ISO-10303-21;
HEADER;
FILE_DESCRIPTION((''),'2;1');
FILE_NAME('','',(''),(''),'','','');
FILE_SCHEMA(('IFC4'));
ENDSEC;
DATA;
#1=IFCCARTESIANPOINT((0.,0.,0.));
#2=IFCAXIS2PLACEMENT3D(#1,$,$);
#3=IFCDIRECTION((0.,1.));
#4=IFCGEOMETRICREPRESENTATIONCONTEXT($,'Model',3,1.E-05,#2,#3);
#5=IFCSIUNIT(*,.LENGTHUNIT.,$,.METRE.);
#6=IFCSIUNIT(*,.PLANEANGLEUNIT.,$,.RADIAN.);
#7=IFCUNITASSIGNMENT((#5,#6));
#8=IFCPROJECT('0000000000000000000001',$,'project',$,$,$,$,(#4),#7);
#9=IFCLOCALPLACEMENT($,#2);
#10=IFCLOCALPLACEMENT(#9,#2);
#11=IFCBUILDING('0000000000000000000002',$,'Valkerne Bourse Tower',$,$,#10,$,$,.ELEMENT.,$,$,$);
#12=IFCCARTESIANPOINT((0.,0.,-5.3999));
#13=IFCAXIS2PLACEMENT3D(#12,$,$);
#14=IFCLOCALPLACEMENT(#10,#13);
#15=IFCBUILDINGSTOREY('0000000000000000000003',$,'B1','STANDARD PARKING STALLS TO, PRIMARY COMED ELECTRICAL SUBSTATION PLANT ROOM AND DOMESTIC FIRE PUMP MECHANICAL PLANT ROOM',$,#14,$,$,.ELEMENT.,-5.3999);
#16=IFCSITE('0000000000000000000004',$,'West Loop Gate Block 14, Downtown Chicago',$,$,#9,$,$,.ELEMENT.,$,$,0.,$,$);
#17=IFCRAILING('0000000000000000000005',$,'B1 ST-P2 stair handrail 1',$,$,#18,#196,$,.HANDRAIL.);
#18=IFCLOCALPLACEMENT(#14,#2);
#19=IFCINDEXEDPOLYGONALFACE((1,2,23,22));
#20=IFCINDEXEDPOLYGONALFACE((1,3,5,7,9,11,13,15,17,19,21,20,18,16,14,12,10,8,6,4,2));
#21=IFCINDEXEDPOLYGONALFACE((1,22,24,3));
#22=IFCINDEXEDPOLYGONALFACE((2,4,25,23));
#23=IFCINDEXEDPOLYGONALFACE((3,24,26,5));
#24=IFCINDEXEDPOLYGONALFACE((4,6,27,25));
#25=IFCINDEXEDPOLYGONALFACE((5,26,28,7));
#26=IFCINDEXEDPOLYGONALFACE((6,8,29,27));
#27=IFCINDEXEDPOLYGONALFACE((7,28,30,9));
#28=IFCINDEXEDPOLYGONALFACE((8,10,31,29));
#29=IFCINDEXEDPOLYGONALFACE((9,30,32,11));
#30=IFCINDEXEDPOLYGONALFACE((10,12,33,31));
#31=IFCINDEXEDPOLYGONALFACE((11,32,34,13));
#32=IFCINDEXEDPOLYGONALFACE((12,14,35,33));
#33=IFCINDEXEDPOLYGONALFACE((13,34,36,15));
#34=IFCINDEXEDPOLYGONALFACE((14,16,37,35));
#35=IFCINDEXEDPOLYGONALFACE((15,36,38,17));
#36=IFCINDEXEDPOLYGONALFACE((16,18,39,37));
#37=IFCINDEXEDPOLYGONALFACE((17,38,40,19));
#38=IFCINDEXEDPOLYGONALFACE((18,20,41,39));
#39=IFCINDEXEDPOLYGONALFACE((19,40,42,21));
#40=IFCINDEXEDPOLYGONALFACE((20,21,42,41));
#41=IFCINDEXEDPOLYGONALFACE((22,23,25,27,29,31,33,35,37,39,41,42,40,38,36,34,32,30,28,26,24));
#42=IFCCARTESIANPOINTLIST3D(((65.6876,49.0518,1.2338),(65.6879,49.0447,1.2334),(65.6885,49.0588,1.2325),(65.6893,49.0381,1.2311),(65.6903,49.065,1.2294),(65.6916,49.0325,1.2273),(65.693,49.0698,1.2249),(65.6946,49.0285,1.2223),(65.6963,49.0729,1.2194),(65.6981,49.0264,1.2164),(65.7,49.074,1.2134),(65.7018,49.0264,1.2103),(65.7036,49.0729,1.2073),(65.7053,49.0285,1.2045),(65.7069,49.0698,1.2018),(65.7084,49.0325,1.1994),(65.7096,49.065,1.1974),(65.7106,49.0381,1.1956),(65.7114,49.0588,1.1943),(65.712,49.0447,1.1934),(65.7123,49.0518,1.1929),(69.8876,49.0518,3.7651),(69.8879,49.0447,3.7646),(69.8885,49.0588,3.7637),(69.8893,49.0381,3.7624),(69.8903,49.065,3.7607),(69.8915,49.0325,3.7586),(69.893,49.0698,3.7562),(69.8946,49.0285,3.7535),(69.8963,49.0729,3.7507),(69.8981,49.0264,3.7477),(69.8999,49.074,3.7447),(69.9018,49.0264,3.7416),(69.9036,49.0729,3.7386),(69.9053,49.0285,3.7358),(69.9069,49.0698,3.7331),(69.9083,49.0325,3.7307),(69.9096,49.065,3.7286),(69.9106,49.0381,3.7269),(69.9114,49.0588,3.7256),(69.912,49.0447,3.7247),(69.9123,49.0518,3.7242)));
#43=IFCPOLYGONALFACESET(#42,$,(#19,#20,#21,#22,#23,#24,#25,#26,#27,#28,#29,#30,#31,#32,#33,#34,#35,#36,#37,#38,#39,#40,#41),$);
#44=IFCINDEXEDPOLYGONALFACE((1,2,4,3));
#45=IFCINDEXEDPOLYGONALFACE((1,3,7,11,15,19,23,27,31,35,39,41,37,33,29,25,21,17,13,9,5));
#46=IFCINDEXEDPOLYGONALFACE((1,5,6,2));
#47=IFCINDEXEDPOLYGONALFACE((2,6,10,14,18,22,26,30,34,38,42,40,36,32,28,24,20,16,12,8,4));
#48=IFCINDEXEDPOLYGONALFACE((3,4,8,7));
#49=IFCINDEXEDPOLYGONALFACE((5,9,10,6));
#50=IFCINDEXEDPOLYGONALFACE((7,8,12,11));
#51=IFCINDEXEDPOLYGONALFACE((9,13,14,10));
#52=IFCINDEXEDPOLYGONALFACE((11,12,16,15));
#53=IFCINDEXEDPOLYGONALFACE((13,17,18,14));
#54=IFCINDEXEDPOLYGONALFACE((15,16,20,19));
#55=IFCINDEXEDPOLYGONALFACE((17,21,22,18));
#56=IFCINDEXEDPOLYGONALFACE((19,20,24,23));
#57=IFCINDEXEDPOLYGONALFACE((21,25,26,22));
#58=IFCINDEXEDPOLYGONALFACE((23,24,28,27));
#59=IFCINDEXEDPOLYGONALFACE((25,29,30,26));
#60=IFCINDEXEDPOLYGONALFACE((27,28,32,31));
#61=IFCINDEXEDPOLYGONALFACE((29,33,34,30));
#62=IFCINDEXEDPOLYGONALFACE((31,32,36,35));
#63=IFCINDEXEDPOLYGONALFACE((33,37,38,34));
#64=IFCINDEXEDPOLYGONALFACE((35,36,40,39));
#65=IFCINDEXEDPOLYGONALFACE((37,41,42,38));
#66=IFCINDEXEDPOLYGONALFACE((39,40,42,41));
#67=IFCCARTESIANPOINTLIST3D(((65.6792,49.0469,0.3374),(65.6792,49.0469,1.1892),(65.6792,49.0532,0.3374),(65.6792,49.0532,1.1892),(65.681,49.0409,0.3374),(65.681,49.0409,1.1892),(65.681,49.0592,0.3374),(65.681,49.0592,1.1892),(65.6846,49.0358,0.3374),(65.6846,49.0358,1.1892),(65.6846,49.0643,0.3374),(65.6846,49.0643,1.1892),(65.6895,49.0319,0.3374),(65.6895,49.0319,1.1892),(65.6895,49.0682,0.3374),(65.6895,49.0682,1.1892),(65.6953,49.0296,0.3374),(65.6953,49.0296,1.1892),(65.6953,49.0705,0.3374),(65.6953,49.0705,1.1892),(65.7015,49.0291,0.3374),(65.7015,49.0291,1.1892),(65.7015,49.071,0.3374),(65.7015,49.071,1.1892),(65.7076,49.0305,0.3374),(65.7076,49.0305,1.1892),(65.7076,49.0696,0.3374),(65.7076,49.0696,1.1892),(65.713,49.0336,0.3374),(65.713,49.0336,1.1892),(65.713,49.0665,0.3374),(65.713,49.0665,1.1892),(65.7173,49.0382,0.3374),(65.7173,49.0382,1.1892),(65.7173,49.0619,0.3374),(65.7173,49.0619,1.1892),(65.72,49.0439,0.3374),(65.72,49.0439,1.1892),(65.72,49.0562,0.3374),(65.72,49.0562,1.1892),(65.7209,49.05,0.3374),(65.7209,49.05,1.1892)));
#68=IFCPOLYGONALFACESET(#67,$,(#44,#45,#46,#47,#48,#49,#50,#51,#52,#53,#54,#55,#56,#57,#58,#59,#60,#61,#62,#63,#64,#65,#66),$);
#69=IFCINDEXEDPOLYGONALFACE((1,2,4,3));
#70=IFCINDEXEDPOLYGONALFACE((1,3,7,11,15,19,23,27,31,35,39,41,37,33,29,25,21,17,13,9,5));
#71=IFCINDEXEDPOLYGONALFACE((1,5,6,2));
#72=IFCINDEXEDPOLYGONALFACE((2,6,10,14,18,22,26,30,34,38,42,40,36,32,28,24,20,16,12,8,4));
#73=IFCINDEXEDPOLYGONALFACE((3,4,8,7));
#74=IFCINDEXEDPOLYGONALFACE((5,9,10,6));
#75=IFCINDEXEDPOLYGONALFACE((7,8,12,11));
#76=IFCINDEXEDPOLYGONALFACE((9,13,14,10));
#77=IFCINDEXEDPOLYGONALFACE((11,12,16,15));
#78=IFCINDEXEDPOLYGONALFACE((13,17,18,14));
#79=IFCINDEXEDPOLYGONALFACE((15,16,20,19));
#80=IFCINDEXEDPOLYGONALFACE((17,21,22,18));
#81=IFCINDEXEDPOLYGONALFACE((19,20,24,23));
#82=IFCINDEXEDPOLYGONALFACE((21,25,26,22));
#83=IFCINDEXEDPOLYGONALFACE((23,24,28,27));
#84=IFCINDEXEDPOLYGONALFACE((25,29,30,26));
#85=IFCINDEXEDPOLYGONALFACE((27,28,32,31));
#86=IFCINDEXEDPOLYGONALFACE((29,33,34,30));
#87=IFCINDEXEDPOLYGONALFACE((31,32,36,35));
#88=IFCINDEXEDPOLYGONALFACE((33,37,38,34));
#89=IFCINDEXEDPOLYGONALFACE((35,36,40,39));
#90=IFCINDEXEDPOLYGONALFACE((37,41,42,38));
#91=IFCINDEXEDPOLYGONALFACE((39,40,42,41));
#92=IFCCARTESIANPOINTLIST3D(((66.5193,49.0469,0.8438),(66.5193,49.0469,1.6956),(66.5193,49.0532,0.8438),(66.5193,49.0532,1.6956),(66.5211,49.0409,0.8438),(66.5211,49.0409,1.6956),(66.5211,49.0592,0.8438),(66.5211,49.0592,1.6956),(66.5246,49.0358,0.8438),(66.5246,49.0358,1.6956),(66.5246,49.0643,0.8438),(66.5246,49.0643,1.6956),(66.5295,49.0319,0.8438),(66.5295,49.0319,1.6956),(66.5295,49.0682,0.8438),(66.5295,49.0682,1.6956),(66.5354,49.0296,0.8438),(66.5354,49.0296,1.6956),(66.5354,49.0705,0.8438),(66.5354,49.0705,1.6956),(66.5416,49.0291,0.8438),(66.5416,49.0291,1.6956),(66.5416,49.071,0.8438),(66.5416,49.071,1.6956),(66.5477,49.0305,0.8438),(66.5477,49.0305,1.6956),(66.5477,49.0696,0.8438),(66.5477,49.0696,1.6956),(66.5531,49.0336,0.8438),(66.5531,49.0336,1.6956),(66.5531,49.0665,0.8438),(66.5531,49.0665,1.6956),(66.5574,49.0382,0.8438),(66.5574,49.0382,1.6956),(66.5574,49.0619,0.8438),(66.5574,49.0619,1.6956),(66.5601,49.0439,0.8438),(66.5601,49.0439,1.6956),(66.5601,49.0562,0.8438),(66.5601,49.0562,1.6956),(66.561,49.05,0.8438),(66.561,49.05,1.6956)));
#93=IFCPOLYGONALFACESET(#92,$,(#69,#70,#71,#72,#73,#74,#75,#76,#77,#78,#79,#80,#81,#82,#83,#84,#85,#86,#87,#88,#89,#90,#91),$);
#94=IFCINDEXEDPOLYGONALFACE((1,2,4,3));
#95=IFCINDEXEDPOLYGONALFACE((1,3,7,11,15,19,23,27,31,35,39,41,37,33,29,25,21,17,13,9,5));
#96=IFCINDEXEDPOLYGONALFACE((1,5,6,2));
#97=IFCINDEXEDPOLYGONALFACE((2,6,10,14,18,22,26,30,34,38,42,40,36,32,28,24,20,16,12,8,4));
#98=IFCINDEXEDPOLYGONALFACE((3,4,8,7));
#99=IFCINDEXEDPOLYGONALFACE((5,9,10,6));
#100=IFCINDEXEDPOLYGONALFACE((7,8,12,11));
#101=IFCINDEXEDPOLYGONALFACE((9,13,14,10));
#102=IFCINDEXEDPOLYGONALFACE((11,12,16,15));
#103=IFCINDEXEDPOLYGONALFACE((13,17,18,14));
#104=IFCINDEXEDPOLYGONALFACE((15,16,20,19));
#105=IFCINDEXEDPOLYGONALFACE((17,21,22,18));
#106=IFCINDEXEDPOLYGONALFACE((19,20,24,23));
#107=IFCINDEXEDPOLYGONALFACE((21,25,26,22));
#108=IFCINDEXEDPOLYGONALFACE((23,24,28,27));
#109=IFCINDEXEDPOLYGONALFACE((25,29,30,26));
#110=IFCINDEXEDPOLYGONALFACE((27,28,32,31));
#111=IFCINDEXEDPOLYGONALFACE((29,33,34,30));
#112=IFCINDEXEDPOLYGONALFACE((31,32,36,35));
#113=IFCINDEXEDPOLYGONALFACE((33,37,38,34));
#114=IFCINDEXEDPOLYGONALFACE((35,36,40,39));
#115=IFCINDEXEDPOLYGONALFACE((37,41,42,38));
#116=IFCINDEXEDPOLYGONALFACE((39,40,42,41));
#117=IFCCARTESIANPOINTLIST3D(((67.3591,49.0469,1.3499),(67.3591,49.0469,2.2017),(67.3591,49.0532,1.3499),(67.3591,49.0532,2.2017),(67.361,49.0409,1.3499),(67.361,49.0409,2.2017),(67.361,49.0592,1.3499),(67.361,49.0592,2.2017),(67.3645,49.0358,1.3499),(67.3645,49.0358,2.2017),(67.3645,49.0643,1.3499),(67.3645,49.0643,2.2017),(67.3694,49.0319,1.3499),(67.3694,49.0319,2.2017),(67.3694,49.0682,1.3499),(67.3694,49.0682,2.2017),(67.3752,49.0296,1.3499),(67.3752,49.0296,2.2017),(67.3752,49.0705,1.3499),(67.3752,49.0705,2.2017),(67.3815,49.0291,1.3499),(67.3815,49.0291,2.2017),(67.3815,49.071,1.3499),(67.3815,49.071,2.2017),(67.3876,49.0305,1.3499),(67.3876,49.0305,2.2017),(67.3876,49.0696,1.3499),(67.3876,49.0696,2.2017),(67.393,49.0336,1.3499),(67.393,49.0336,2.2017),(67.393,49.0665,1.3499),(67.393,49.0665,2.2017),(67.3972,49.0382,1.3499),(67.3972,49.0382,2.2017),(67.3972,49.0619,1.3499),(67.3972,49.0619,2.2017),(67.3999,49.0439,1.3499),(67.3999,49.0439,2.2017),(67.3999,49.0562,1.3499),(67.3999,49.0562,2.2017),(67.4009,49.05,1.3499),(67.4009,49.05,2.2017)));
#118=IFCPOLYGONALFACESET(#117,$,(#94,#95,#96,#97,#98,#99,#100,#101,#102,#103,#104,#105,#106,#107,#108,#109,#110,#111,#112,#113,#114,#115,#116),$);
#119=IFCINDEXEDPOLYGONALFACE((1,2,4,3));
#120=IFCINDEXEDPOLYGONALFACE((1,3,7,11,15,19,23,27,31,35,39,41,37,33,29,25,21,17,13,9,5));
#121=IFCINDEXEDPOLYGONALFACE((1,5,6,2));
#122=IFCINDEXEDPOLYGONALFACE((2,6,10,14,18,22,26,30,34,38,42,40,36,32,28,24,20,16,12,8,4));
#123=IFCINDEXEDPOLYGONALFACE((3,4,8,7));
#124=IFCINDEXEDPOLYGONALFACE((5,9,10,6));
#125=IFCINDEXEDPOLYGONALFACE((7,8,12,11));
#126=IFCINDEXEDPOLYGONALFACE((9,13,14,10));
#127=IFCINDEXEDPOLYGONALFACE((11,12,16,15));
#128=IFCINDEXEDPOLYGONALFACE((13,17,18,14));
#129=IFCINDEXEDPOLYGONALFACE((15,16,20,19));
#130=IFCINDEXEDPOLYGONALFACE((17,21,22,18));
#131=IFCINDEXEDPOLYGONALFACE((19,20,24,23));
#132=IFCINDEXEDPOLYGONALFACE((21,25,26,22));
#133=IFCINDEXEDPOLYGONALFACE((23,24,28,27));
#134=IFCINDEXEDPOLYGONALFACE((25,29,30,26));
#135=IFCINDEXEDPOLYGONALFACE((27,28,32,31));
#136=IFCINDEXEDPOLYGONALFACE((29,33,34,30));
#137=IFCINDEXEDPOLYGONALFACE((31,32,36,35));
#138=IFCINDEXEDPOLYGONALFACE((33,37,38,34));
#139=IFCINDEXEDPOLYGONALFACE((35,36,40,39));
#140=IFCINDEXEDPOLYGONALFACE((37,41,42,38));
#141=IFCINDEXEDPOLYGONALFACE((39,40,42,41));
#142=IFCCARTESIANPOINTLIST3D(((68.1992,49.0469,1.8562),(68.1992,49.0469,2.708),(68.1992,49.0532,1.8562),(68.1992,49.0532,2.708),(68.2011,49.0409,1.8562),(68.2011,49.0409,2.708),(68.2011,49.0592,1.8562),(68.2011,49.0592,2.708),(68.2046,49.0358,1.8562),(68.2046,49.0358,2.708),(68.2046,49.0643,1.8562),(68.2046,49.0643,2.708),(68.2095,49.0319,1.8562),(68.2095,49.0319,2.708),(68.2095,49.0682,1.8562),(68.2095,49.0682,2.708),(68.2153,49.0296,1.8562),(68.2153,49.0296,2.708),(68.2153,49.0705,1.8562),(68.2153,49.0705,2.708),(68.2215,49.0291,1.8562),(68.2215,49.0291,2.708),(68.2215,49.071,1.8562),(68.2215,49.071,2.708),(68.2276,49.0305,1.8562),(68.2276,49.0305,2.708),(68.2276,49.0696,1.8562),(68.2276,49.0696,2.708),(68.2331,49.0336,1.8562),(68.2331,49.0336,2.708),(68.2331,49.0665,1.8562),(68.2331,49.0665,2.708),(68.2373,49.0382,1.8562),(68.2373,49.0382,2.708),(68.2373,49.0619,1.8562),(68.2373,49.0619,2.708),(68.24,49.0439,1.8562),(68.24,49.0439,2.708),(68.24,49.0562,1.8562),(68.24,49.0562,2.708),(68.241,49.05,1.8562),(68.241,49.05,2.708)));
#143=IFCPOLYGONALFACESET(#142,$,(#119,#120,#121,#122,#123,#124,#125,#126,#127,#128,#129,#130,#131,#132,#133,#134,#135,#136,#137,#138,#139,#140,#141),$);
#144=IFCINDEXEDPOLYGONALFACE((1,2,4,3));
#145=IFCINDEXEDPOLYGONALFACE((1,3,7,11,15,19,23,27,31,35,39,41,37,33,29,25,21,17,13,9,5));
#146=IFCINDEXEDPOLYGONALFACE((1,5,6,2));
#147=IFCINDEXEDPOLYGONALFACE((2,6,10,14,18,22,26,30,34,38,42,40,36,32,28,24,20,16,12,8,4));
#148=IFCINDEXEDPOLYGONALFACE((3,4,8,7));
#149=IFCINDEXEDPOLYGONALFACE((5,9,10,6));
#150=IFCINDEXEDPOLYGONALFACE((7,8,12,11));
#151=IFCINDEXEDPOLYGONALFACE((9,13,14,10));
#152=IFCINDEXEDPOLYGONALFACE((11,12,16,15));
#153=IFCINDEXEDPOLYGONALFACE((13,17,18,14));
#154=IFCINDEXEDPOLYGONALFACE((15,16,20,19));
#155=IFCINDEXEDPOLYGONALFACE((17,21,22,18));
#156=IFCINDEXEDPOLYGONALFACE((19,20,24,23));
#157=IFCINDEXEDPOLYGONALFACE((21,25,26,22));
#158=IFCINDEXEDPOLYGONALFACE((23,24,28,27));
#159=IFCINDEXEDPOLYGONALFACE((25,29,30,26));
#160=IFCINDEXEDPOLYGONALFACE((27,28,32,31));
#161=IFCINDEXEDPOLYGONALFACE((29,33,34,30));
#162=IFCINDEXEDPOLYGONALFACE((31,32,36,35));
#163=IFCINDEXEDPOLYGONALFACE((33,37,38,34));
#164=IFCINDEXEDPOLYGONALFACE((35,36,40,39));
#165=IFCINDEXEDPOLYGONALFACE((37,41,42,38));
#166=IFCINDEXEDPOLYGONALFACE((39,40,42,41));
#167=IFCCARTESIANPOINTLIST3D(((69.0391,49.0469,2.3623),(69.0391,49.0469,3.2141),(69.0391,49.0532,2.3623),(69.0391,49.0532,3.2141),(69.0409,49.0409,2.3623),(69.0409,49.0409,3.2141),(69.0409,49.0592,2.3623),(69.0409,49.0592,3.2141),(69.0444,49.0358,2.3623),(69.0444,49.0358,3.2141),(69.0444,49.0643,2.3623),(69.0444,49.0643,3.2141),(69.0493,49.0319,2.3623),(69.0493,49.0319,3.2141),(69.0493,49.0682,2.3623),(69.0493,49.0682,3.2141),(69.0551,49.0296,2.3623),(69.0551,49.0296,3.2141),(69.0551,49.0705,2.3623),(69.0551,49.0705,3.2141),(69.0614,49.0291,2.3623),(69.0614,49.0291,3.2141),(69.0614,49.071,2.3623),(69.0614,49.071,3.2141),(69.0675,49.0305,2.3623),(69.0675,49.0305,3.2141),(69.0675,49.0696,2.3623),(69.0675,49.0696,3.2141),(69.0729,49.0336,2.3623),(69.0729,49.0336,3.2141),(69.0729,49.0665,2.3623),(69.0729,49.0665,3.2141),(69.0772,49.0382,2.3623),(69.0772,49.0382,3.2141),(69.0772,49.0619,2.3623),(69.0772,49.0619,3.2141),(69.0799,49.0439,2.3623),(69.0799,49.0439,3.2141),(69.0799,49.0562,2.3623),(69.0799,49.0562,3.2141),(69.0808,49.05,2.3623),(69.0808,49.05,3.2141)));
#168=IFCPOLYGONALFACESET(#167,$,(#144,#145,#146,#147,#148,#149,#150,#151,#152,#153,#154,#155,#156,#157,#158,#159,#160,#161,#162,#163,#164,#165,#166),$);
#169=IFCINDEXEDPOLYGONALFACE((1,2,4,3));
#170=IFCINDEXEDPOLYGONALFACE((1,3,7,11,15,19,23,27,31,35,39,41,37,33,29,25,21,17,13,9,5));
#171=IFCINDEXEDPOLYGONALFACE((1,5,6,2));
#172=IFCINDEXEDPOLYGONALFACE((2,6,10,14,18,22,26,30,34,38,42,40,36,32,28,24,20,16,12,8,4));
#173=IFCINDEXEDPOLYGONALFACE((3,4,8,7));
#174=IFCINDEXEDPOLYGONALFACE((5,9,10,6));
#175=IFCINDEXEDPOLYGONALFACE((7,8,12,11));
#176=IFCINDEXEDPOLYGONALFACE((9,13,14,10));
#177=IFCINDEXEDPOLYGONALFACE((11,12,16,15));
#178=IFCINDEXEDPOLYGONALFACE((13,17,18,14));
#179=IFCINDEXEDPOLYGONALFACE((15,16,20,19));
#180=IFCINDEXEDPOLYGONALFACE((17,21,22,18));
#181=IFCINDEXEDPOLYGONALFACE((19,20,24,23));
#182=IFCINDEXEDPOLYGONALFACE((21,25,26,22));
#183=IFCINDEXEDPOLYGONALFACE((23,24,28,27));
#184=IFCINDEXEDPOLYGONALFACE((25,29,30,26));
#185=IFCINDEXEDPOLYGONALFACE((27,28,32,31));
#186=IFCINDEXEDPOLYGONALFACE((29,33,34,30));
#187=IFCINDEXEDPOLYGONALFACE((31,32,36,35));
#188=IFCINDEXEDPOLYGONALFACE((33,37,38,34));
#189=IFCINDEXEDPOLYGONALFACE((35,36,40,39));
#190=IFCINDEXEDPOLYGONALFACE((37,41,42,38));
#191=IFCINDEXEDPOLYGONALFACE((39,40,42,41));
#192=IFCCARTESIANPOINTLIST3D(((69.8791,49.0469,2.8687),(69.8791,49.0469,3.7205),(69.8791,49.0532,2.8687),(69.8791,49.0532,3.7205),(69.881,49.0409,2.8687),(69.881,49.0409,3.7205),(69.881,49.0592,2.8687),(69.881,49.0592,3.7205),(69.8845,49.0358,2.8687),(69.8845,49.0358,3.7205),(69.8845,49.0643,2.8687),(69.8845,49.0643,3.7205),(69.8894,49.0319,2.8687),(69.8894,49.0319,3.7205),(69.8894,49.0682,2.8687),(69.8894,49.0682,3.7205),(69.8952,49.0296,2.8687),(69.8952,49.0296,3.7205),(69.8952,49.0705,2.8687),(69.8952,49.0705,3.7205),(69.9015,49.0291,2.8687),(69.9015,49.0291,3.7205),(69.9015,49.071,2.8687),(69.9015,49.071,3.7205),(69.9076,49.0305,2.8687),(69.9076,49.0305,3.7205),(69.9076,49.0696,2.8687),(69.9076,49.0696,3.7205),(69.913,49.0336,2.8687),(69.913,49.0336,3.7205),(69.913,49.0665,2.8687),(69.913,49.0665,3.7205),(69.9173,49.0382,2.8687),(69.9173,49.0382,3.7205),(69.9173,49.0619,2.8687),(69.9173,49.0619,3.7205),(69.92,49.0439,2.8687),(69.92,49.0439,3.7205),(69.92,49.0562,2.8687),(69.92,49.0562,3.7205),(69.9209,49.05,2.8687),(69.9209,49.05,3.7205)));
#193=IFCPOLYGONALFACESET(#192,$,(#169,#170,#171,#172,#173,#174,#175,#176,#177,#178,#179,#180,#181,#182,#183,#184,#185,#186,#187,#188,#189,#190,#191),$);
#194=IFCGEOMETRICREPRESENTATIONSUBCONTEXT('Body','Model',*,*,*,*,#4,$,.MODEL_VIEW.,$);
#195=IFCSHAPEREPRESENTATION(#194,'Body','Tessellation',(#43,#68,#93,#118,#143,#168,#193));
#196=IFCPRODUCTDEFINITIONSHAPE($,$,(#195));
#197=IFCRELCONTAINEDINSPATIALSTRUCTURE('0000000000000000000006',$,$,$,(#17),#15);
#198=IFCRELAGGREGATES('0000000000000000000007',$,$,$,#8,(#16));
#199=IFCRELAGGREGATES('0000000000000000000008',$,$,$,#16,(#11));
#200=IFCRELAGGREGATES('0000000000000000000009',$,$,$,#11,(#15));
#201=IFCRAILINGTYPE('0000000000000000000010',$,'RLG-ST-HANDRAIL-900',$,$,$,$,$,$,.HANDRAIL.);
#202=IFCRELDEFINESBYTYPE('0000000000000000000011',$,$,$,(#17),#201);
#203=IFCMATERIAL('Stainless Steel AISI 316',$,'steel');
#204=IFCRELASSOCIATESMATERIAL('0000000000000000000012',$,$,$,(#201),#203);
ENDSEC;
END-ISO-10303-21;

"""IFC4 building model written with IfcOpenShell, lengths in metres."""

from ifc_helpers import new_model, si_unit, direction, frame, origin, origin_2d, place, context, subcontext, project, spatial, circle, extrude, material, type_object, element, save


model = new_model("IFC4")

# Units and contexts
model_context = context("Model", 3, precision=1e-05, world=origin(), true_north=direction((0.0, 1.0)))
body_context = subcontext(model_context, "Body", "Model", "MODEL_VIEW")
ifc_project = project(units=[si_unit("LENGTHUNIT", "METRE"), si_unit("PLANEANGLEUNIT", "RADIAN")], contexts=[model_context])

# Site, building, storey
site_placement = place(None, origin())
site = spatial("IfcSite", under=ifc_project, at=site_placement, Name="West Loop Gate Block 14, Downtown Chicago", CompositionType="ELEMENT", RefElevation=0.0)
building_placement = place(site_placement, origin())
building = spatial("IfcBuilding", under=site, at=building_placement, Name="Valkerne Bourse Tower", CompositionType="ELEMENT")
storey_placement = place(building_placement, frame((0.0, 0.0, -5.3999)))
storey = spatial("IfcBuildingStorey", under=building, at=storey_placement, Name="B1", Description="STANDARD PARKING STALLS TO, PRIMARY COMED ELECTRICAL SUBSTATION PLANT ROOM AND DOMESTIC FIRE PUMP MECHANICAL PLANT ROOM", CompositionType="ELEMENT", Elevation=-5.3999)

# Railing
ifc_material_1 = material(Name="Stainless Steel AISI 316", Category="steel")
railing_type_1 = type_object("IfcRailingType", Name="RLG-ST-HANDRAIL-900", PredefinedType="HANDRAIL", material=ifc_material_1)
railing_1_placement = place(storey_placement, frame((65.7, 49.05, 0.3374)))
element("IfcRailing", 1, at=railing_1_placement, inside=storey, type_object=railing_type_1, Name="B1 ST-P2 stair handrail 1", PredefinedType="HANDRAIL", context=body_context, shape_type="SweptSolid", body=[
    extrude(circle(Radius=0.0239, at=origin_2d()), frame((0.0, 0.0, 0.876), z_axis=(0.856476, 0.0, 0.516186), x_axis=(0.0, 1.0, 0.0)), (0.0, 0.0, 1.0), 4.9038),
    extrude(circle(Radius=0.021, at=origin_2d()), origin(), (0.0, 0.0, 1.0), 0.8518),
    extrude(circle(Radius=0.021, at=origin_2d()), frame((0.8401, 0.0, 0.5063)), (0.0, 0.0, 1.0), 0.8518),
    extrude(circle(Radius=0.021, at=origin_2d()), frame((1.6799, 0.0, 1.0125)), (0.0, 0.0, 1.0), 0.8518),
    extrude(circle(Radius=0.021, at=origin_2d()), frame((2.52, 0.0, 1.5188)), (0.0, 0.0, 1.0), 0.8518),
    extrude(circle(Radius=0.021, at=origin_2d()), frame((3.3599, 0.0, 2.0249)), (0.0, 0.0, 1.0), 0.8518),
    extrude(circle(Radius=0.021, at=origin_2d()), frame((4.2, 0.0, 2.5312)), (0.0, 0.0, 1.0), 0.8518),
])

save(model, "model.ifc")
